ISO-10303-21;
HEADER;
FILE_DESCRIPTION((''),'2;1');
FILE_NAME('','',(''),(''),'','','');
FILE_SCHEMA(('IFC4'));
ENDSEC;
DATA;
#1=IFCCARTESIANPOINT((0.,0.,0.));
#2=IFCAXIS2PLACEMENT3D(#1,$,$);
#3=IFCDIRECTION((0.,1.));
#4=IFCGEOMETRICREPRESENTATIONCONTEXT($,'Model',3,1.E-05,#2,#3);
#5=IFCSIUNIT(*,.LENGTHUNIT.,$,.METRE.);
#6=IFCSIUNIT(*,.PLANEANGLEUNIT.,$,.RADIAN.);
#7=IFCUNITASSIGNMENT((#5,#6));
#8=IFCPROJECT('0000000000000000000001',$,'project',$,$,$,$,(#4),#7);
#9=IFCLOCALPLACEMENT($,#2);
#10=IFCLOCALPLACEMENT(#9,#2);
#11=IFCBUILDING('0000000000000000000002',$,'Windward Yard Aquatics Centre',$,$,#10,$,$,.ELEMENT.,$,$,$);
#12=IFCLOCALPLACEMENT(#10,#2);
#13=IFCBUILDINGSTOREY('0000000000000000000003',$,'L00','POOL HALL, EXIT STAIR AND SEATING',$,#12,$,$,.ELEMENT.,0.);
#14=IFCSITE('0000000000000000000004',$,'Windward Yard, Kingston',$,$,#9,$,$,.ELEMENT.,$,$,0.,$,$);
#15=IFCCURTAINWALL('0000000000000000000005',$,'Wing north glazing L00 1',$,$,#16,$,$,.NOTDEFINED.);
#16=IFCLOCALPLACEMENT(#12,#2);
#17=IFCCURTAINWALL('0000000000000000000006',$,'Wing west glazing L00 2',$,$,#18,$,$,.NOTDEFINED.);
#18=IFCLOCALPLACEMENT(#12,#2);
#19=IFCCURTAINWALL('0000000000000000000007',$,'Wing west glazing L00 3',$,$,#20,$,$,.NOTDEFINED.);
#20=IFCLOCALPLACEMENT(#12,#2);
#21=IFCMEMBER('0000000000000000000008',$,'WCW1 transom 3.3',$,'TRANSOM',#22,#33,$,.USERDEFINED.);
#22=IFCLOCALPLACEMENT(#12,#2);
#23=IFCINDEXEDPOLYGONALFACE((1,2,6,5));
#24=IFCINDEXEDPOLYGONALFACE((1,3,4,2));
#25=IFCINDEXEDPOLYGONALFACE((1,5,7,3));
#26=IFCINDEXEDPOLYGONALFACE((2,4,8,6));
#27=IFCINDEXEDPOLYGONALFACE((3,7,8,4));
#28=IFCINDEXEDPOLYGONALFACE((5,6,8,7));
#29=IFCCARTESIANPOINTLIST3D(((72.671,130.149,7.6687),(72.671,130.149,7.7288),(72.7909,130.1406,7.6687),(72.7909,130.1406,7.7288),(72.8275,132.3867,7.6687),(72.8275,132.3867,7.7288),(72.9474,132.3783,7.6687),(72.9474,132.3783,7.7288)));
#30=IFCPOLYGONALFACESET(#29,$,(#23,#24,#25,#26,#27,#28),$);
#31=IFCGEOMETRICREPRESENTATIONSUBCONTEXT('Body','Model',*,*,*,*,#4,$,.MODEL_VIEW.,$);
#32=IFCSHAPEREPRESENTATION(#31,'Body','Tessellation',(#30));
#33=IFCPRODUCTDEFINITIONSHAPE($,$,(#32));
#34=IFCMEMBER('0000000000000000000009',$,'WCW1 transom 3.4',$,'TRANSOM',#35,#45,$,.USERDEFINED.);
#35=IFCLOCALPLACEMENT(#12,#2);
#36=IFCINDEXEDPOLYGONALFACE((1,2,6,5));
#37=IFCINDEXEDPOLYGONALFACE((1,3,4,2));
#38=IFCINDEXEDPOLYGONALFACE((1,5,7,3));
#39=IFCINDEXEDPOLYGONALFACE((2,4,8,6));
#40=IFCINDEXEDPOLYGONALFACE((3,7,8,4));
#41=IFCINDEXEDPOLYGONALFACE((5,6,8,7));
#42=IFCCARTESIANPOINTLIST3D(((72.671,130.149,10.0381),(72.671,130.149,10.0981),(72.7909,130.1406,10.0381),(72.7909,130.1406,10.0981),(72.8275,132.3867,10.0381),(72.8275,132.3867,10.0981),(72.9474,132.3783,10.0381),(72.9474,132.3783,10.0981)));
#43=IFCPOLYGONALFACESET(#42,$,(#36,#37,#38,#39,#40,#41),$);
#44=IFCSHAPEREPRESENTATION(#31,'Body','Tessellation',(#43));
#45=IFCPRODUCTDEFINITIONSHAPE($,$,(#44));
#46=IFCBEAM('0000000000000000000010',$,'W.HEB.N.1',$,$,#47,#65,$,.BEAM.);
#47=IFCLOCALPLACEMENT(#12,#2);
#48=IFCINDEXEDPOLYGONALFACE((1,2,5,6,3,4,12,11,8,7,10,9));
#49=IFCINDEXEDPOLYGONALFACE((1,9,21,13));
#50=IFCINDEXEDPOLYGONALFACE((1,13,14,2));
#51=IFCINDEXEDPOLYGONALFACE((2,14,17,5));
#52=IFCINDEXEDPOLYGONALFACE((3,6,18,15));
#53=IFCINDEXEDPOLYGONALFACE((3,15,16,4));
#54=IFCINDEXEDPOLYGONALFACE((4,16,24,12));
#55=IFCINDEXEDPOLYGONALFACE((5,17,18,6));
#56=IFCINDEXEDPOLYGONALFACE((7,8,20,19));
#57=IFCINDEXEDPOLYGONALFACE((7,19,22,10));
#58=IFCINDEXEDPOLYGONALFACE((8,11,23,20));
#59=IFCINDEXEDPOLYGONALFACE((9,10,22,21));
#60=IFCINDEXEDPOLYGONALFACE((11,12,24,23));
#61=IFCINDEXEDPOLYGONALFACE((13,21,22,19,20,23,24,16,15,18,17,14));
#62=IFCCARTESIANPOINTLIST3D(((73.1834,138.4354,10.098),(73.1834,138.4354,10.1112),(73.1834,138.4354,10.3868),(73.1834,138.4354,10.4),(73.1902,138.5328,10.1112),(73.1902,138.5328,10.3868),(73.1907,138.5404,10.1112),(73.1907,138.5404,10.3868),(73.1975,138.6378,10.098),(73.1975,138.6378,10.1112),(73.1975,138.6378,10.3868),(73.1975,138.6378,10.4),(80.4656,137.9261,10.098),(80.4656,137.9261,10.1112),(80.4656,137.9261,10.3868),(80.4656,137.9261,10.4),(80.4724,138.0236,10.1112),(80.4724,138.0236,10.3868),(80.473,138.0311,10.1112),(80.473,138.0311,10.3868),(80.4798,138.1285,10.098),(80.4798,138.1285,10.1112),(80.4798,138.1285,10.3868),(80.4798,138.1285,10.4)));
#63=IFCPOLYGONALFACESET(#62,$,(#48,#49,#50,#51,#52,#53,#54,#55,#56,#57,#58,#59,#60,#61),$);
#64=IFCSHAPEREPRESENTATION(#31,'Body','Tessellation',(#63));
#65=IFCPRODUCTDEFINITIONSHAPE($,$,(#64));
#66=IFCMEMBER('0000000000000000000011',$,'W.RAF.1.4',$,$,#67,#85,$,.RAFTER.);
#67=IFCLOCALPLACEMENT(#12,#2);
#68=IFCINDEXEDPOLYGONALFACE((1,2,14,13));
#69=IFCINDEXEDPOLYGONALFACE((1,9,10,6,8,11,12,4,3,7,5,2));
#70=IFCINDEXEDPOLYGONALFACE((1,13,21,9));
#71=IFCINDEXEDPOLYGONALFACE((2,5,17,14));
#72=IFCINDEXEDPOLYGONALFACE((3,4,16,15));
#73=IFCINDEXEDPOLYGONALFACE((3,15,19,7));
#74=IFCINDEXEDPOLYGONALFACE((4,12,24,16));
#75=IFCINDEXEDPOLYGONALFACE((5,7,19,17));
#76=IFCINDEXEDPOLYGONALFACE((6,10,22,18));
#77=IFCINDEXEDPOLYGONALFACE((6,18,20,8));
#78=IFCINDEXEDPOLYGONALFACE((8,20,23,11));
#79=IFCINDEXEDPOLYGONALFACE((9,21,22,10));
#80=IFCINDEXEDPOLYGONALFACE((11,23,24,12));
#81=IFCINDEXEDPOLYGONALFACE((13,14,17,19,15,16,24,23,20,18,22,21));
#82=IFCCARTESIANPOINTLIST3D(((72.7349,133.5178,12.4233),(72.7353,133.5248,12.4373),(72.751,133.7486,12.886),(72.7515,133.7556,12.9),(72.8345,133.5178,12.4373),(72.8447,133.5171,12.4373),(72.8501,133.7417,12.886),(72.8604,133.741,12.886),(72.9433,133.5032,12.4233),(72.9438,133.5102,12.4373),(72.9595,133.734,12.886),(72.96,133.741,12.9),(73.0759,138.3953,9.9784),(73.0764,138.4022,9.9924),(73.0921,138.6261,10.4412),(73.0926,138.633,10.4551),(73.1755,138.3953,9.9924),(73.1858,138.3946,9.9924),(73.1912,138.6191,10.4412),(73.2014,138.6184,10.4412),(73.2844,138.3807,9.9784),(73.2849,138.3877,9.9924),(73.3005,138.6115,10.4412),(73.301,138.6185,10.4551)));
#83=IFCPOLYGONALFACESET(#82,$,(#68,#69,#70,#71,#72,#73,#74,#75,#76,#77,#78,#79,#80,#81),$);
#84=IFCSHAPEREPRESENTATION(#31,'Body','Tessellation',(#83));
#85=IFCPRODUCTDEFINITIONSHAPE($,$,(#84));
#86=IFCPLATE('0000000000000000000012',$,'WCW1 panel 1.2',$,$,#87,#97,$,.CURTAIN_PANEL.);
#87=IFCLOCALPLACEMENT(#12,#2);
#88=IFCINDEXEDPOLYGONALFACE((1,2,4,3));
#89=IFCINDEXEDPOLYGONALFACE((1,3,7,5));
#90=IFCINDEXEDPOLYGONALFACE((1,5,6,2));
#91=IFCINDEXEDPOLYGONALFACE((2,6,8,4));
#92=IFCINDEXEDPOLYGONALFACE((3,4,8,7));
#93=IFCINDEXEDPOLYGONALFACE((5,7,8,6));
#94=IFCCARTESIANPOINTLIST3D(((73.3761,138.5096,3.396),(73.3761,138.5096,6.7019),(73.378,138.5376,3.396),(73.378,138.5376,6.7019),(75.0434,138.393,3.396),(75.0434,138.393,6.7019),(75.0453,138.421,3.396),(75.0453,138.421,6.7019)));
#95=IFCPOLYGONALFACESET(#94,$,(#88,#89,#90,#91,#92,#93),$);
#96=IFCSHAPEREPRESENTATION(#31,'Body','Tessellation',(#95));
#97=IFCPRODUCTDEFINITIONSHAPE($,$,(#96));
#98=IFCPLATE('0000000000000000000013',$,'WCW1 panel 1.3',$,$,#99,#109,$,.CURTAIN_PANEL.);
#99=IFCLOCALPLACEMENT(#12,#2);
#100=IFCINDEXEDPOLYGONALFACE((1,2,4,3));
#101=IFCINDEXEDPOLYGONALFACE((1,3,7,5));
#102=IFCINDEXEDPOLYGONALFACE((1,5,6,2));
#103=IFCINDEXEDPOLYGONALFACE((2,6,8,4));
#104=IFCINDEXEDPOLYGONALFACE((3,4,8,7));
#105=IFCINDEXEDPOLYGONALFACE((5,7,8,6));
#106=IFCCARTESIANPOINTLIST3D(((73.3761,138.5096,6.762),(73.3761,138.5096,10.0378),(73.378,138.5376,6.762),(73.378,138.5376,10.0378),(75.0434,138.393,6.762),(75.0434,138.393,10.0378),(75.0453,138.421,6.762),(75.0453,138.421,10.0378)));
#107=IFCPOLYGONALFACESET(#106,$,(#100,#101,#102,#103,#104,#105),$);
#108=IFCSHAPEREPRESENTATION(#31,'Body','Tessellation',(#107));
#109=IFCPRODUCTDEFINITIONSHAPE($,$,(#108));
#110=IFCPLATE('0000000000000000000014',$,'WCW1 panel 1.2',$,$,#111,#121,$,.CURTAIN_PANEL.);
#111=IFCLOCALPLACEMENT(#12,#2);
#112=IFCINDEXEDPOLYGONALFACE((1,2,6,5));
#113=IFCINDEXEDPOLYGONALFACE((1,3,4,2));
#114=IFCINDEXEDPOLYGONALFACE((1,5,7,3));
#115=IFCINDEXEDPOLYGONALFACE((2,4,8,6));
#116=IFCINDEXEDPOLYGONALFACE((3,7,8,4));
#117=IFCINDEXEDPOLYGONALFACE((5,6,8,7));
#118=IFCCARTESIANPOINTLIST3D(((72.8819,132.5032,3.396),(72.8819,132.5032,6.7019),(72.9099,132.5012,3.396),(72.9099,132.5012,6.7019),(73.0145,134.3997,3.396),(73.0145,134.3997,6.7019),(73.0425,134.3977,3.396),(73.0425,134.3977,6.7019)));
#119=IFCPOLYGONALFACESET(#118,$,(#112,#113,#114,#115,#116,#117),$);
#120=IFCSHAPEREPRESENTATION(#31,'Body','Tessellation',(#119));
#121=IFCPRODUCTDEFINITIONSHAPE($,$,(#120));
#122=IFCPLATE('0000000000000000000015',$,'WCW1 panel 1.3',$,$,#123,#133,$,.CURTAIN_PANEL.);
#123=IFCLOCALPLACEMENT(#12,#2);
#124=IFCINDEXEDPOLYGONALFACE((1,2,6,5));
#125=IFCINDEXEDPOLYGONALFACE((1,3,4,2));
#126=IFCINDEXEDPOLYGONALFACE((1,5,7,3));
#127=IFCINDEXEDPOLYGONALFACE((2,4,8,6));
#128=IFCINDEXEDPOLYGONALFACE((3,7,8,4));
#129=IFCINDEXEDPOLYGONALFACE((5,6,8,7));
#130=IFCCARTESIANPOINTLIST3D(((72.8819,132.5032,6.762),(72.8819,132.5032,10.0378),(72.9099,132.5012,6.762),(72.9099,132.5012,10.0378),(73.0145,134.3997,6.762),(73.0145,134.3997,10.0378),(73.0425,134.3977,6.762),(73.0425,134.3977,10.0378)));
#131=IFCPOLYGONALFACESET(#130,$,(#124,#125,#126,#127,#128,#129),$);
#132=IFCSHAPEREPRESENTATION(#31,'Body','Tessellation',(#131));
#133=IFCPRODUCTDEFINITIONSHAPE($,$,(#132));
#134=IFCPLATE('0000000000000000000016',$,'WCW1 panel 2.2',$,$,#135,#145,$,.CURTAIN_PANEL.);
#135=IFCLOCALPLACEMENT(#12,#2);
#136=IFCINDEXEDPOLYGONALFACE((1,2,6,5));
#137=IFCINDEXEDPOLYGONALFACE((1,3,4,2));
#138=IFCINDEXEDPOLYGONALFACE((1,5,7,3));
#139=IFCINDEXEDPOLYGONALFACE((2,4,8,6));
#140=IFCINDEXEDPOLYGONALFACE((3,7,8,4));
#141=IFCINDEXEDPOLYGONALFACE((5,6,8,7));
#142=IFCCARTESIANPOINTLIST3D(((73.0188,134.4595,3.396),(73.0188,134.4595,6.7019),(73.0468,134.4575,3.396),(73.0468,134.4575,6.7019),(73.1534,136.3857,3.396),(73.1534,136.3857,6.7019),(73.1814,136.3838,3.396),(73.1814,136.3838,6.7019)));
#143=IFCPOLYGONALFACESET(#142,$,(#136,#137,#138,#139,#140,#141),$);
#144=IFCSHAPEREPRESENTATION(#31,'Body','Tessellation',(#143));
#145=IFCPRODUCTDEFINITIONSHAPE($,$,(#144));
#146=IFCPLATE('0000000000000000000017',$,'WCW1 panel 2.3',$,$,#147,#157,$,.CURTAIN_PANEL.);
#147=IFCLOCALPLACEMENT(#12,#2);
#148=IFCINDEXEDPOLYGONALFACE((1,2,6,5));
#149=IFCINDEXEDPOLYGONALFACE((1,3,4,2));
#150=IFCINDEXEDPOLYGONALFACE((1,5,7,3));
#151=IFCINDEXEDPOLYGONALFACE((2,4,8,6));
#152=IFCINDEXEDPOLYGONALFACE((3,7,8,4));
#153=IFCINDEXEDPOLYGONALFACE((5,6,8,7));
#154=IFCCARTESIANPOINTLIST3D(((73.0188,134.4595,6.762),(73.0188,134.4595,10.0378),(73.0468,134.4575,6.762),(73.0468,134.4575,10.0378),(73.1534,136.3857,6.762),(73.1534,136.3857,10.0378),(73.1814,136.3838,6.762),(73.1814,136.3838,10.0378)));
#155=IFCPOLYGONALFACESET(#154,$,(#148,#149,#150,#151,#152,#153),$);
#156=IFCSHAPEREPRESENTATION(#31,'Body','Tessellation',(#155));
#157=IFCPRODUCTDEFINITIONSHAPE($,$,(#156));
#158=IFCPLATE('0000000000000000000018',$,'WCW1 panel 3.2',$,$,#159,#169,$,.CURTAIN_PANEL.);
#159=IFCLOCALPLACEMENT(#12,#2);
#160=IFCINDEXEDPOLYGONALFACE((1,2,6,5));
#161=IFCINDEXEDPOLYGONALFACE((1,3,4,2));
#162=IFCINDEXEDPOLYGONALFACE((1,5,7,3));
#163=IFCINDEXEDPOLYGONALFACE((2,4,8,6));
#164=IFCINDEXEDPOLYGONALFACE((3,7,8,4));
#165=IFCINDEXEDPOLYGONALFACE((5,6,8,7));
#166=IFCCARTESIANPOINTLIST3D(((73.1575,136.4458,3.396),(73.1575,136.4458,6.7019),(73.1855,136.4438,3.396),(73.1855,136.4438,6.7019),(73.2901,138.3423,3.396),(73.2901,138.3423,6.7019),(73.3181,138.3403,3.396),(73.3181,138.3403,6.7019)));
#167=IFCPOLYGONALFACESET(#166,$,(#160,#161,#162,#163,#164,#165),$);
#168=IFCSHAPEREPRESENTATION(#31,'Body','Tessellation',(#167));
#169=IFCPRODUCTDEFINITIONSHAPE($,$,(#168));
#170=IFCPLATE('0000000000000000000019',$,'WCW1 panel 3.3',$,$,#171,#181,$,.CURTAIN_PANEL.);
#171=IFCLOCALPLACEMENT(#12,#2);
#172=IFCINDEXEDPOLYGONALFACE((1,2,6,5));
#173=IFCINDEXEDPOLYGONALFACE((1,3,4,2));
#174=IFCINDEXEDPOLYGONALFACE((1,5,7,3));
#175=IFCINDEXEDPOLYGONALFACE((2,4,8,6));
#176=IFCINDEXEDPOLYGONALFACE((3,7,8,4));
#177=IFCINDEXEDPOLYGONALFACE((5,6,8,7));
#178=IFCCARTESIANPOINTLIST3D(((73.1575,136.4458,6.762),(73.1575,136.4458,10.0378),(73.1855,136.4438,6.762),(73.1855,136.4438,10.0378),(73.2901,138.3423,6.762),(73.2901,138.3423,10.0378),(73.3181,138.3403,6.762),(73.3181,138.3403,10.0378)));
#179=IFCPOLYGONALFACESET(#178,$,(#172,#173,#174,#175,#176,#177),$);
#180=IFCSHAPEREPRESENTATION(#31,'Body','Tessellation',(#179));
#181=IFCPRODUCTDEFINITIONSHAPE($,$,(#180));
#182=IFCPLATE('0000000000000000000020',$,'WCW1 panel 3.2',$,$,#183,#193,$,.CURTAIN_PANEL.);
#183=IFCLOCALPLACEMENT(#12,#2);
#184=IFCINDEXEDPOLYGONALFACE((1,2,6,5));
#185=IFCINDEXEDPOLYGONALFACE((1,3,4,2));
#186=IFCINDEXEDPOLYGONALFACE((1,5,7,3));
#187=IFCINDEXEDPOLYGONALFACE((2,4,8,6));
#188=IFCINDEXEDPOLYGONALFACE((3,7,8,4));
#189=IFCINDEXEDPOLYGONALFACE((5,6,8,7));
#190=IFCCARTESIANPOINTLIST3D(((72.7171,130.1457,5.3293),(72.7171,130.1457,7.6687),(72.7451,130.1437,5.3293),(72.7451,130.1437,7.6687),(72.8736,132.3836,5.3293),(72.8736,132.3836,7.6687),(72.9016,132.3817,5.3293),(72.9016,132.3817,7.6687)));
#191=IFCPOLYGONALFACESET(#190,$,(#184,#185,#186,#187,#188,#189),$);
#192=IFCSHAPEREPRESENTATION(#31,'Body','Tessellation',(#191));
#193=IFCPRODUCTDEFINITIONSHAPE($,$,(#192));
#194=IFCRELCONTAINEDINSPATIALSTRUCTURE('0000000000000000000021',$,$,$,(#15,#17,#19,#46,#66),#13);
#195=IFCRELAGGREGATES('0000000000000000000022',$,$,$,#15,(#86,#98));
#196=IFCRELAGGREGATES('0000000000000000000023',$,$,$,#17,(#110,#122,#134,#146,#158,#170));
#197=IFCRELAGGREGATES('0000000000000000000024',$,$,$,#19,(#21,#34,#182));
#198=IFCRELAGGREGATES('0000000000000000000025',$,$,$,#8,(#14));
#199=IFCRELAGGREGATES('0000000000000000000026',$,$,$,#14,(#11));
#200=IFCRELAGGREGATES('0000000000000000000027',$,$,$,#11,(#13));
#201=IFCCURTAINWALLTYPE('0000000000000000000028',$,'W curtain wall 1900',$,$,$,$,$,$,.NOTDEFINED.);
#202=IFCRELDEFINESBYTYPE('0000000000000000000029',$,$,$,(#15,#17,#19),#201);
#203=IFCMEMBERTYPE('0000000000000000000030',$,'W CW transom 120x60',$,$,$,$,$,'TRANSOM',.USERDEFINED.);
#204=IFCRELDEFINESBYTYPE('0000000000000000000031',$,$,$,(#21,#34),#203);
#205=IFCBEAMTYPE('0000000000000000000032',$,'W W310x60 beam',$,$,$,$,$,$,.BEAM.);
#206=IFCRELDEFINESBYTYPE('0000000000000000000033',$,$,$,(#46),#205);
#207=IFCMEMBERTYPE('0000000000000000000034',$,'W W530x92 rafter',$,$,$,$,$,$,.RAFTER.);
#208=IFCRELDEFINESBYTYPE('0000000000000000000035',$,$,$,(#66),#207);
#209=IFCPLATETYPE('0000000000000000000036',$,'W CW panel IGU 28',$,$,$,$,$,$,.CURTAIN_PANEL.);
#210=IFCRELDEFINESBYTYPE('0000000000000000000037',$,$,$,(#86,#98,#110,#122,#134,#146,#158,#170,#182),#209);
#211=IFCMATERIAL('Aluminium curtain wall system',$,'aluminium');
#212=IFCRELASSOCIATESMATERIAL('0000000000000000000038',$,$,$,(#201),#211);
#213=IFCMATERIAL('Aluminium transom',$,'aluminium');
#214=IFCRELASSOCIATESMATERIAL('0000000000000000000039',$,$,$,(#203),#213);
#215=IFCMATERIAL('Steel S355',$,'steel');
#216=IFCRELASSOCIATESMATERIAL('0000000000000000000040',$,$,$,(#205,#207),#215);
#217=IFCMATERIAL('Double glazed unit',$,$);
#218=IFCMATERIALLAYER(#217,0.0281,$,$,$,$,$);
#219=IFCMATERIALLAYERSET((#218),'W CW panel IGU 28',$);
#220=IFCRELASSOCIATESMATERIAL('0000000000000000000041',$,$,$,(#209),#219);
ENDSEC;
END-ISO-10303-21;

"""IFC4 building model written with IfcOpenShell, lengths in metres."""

from ifc_helpers import new_model, si_unit, direction, frame, origin, origin_2d, place, context, subcontext, project, spatial, rectangle, i_section, extrude, material, layer, layer_set, material_profile, profile_set, type_object, element, aggregate, save


model = new_model("IFC4")

# Units and contexts
model_context = context("Model", 3, precision=1e-05, world=origin(), true_north=direction((0.0, 1.0)))
body_context = subcontext(model_context, "Body", "Model", "MODEL_VIEW")
ifc_project = project(units=[si_unit("LENGTHUNIT", "METRE"), si_unit("PLANEANGLEUNIT", "RADIAN")], contexts=[model_context])

# Site, building, storey
site_placement = place(None, origin())
site = spatial("IfcSite", under=ifc_project, at=site_placement, Name="Windward Yard, Kingston", CompositionType="ELEMENT", RefElevation=0.0)
building_placement = place(site_placement, origin())
building = spatial("IfcBuilding", under=site, at=building_placement, Name="Windward Yard Aquatics Centre", CompositionType="ELEMENT")
storey_placement = place(building_placement, origin())
storey = spatial("IfcBuildingStorey", under=building, at=storey_placement, Name="L00", Description="POOL HALL, EXIT STAIR AND SEATING", CompositionType="ELEMENT", Elevation=0.0)

# Shared definitions
ifc_material_1 = material(Name="Steel S355", Category="steel")

# Curtain walls, members
ifc_material_2 = material(Name="Aluminium curtain wall system", Category="aluminium")
curtain_wall_type = type_object("IfcCurtainWallType", Name="W curtain wall 1900", PredefinedType="NOTDEFINED", material=ifc_material_2)
curtain_wall_1_placement = place(storey_placement, origin())
curtain_wall_1 = element("IfcCurtainWall", 1, at=curtain_wall_1_placement, inside=storey, type_object=curtain_wall_type, Name="Wing north glazing L00 1", PredefinedType="NOTDEFINED")
ifc_material_3 = material(Name="Aluminium transom", Category="aluminium")
ifc_material_profile_1 = material_profile(ifc_material_3, rectangle(XDim=0.1201, YDim=0.0601, at=origin_2d()), Name="AL 120x60")
ifc_profile_set_1 = profile_set([ifc_material_profile_1], Name="Aluminium transom")
member_type_1 = type_object("IfcMemberType", Name="W CW transom 120x60", ElementType="TRANSOM", PredefinedType="USERDEFINED", material=ifc_profile_set_1)
curtain_wall_2_placement = place(storey_placement, origin())
curtain_wall_2 = element("IfcCurtainWall", 2, at=curtain_wall_2_placement, inside=storey, type_object=curtain_wall_type, Name="Wing west glazing L00 2", PredefinedType="NOTDEFINED")
curtain_wall_3_placement = place(storey_placement, origin())
curtain_wall_3 = element("IfcCurtainWall", 3, at=curtain_wall_3_placement, inside=storey, type_object=curtain_wall_type, Name="Wing west glazing L00 3", PredefinedType="NOTDEFINED")
member_1_placement = place(storey_placement, frame((72.731, 130.1448, 7.6987), z_axis=(0.069762, 0.997564, 0.0), x_axis=(-0.997564, 0.069762, 0.0)))
member_1 = element("IfcMember", 4, at=member_1_placement, type_object=member_type_1, Name="WCW1 transom 3.3", ObjectType="TRANSOM", PredefinedType="USERDEFINED", context=body_context, shape_type="SweptSolid", body=[
    extrude(rectangle(XDim=0.1201, YDim=0.0601, at=origin_2d()), origin(), (0.0, 0.0, 1.0), 2.2432),
])
member_2_placement = place(storey_placement, frame((72.731, 130.1448, 10.0681), z_axis=(0.069762, 0.997564, 0.0), x_axis=(-0.997564, 0.069762, 0.0)))
member_2 = element("IfcMember", 5, at=member_2_placement, type_object=member_type_1, Name="WCW1 transom 3.4", ObjectType="TRANSOM", PredefinedType="USERDEFINED", context=body_context, shape_type="SweptSolid", body=[
    extrude(rectangle(XDim=0.1201, YDim=0.0601, at=origin_2d()), origin(), (0.0, 0.0, 1.0), 2.2432),
])

# Beam
ifc_material_profile_2 = material_profile(ifc_material_1, i_section(OverallWidth=0.2029, OverallDepth=0.302, WebThickness=0.0076, FlangeThickness=0.0132, at=origin_2d()), Name="W310x60")
ifc_profile_set_2 = profile_set([ifc_material_profile_2], Name="Steel S355")
beam_type = type_object("IfcBeamType", Name="W W310x60 beam", PredefinedType="BEAM", material=ifc_profile_set_2)
beam_placement = place(storey_placement, frame((73.1904, 138.5366, 10.249), z_axis=(0.997564, -0.069764, 0.0), x_axis=(0.069764, 0.997564, 0.0)))
element("IfcBeam", 6, at=beam_placement, inside=storey, type_object=beam_type, Name="W.HEB.N.1", PredefinedType="BEAM", context=body_context, shape_type="SweptSolid", body=[
    extrude(i_section(OverallWidth=0.2029, OverallDepth=0.302, WebThickness=0.0076, FlangeThickness=0.0132, at=origin_2d()), origin(), (0.0, 0.0, 1.0), 7.3),
])

# Member
ifc_material_profile_3 = material_profile(ifc_material_1, i_section(OverallWidth=0.209, OverallDepth=0.533, WebThickness=0.0103, FlangeThickness=0.0156, at=origin_2d()), Name="W530x92")
ifc_profile_set_3 = profile_set([ifc_material_profile_3], Name="Steel S355")
member_type_2 = type_object("IfcMemberType", Name="W W530x92 rafter", PredefinedType="RAFTER", material=ifc_profile_set_3)
member_3_placement = place(storey_placement, frame((72.8474, 133.6294, 12.6616), z_axis=(0.062391, 0.892238, -0.447235), x_axis=(-0.997564, 0.069757, 0.0)))
element("IfcMember", 7, at=member_3_placement, inside=storey, type_object=member_type_2, Name="W.RAF.1.4", PredefinedType="RAFTER", context=body_context, shape_type="SweptSolid", body=[
    extrude(i_section(OverallWidth=0.209, OverallDepth=0.533, WebThickness=0.0103, FlangeThickness=0.0156, at=origin_2d()), origin(), (0.0, 0.0, 1.0), 5.4666),
])

# Plates
ifc_material_4 = material(Name="Double glazed unit")
ifc_layer_1 = layer(ifc_material_4, 0.0281)
ifc_layer_set_1 = layer_set([ifc_layer_1], Name="W CW panel IGU 28")
plate_type_1 = type_object("IfcPlateType", Name="W CW panel IGU 28", PredefinedType="CURTAIN_PANEL", material=ifc_layer_set_1)
plate_1_placement = place(storey_placement, frame((74.2107, 138.4653, 3.396), z_axis=(0.0, 0.0, 1.0), x_axis=(0.997564, -0.069756, 0.0)))
plate_1 = element("IfcPlate", 8, at=plate_1_placement, type_object=plate_type_1, Name="WCW1 panel 1.2", PredefinedType="CURTAIN_PANEL", context=body_context, shape_type="SweptSolid", body=[
    extrude(rectangle(XDim=1.6714, YDim=0.0281, at=origin_2d()), origin(), (0.0, 0.0, 1.0), 3.3059),
])
plate_2_placement = place(storey_placement, frame((74.2107, 138.4653, 6.762), z_axis=(0.0, 0.0, 1.0), x_axis=(0.997564, -0.069756, 0.0)))
plate_2 = element("IfcPlate", 9, at=plate_2_placement, type_object=plate_type_1, Name="WCW1 panel 1.3", PredefinedType="CURTAIN_PANEL", context=body_context, shape_type="SweptSolid", body=[
    extrude(rectangle(XDim=1.6714, YDim=0.0281, at=origin_2d()), origin(), (0.0, 0.0, 1.0), 3.2759),
])
aggregate(curtain_wall_1, [plate_1, plate_2])
plate_3_placement = place(storey_placement, frame((72.9622, 133.4504, 3.396), z_axis=(0.0, 0.0, 1.0), x_axis=(0.069747, 0.997565, 0.0)))
plate_3 = element("IfcPlate", 10, at=plate_3_placement, type_object=plate_type_1, Name="WCW1 panel 1.2", PredefinedType="CURTAIN_PANEL", context=body_context, shape_type="SweptSolid", body=[
    extrude(rectangle(XDim=1.9011, YDim=0.0281, at=origin_2d()), origin(), (0.0, 0.0, 1.0), 3.3059),
])
plate_4_placement = place(storey_placement, frame((72.9622, 133.4504, 6.762), z_axis=(0.0, 0.0, 1.0), x_axis=(0.069747, 0.997565, 0.0)))
plate_4 = element("IfcPlate", 11, at=plate_4_placement, type_object=plate_type_1, Name="WCW1 panel 1.3", PredefinedType="CURTAIN_PANEL", context=body_context, shape_type="SweptSolid", body=[
    extrude(rectangle(XDim=1.9011, YDim=0.0281, at=origin_2d()), origin(), (0.0, 0.0, 1.0), 3.2759),
])
plate_5_placement = place(storey_placement, frame((73.1001, 135.4216, 3.396), z_axis=(0.0, 0.0, 1.0), x_axis=(0.069747, 0.997565, 0.0)))
plate_5 = element("IfcPlate", 12, at=plate_5_placement, type_object=plate_type_1, Name="WCW1 panel 2.2", PredefinedType="CURTAIN_PANEL", context=body_context, shape_type="SweptSolid", body=[
    extrude(rectangle(XDim=1.9309, YDim=0.0281, at=origin_2d()), origin(), (0.0, 0.0, 1.0), 3.3059),
])
plate_6_placement = place(storey_placement, frame((73.1001, 135.4216, 6.762), z_axis=(0.0, 0.0, 1.0), x_axis=(0.069747, 0.997565, 0.0)))
plate_6 = element("IfcPlate", 13, at=plate_6_placement, type_object=plate_type_1, Name="WCW1 panel 2.3", PredefinedType="CURTAIN_PANEL", context=body_context, shape_type="SweptSolid", body=[
    extrude(rectangle(XDim=1.9309, YDim=0.0281, at=origin_2d()), origin(), (0.0, 0.0, 1.0), 3.2759),
])
plate_7_placement = place(storey_placement, frame((73.2378, 137.3931, 3.396), z_axis=(0.0, 0.0, 1.0), x_axis=(0.069747, 0.997565, 0.0)))
plate_7 = element("IfcPlate", 14, at=plate_7_placement, type_object=plate_type_1, Name="WCW1 panel 3.2", PredefinedType="CURTAIN_PANEL", context=body_context, shape_type="SweptSolid", body=[
    extrude(rectangle(XDim=1.9011, YDim=0.0281, at=origin_2d()), origin(), (0.0, 0.0, 1.0), 3.3059),
])
plate_8_placement = place(storey_placement, frame((73.2378, 137.3931, 6.762), z_axis=(0.0, 0.0, 1.0), x_axis=(0.069747, 0.997565, 0.0)))
plate_8 = element("IfcPlate", 15, at=plate_8_placement, type_object=plate_type_1, Name="WCW1 panel 3.3", PredefinedType="CURTAIN_PANEL", context=body_context, shape_type="SweptSolid", body=[
    extrude(rectangle(XDim=1.9011, YDim=0.0281, at=origin_2d()), origin(), (0.0, 0.0, 1.0), 3.2759),
])
aggregate(curtain_wall_2, [plate_3, plate_4, plate_5, plate_6, plate_7, plate_8])
plate_9_placement = place(storey_placement, frame((72.8093, 131.2637, 5.3293), z_axis=(0.0, 0.0, 1.0), x_axis=(0.069758, 0.997564, 0.0)))
plate_9 = element("IfcPlate", 16, at=plate_9_placement, type_object=plate_type_1, Name="WCW1 panel 3.2", PredefinedType="CURTAIN_PANEL", context=body_context, shape_type="SweptSolid", body=[
    extrude(rectangle(XDim=2.2434, YDim=0.0281, at=origin_2d()), origin(), (0.0, 0.0, 1.0), 2.3394),
])
aggregate(curtain_wall_3, [member_1, member_2, plate_9])

save(model, "model.ifc")
